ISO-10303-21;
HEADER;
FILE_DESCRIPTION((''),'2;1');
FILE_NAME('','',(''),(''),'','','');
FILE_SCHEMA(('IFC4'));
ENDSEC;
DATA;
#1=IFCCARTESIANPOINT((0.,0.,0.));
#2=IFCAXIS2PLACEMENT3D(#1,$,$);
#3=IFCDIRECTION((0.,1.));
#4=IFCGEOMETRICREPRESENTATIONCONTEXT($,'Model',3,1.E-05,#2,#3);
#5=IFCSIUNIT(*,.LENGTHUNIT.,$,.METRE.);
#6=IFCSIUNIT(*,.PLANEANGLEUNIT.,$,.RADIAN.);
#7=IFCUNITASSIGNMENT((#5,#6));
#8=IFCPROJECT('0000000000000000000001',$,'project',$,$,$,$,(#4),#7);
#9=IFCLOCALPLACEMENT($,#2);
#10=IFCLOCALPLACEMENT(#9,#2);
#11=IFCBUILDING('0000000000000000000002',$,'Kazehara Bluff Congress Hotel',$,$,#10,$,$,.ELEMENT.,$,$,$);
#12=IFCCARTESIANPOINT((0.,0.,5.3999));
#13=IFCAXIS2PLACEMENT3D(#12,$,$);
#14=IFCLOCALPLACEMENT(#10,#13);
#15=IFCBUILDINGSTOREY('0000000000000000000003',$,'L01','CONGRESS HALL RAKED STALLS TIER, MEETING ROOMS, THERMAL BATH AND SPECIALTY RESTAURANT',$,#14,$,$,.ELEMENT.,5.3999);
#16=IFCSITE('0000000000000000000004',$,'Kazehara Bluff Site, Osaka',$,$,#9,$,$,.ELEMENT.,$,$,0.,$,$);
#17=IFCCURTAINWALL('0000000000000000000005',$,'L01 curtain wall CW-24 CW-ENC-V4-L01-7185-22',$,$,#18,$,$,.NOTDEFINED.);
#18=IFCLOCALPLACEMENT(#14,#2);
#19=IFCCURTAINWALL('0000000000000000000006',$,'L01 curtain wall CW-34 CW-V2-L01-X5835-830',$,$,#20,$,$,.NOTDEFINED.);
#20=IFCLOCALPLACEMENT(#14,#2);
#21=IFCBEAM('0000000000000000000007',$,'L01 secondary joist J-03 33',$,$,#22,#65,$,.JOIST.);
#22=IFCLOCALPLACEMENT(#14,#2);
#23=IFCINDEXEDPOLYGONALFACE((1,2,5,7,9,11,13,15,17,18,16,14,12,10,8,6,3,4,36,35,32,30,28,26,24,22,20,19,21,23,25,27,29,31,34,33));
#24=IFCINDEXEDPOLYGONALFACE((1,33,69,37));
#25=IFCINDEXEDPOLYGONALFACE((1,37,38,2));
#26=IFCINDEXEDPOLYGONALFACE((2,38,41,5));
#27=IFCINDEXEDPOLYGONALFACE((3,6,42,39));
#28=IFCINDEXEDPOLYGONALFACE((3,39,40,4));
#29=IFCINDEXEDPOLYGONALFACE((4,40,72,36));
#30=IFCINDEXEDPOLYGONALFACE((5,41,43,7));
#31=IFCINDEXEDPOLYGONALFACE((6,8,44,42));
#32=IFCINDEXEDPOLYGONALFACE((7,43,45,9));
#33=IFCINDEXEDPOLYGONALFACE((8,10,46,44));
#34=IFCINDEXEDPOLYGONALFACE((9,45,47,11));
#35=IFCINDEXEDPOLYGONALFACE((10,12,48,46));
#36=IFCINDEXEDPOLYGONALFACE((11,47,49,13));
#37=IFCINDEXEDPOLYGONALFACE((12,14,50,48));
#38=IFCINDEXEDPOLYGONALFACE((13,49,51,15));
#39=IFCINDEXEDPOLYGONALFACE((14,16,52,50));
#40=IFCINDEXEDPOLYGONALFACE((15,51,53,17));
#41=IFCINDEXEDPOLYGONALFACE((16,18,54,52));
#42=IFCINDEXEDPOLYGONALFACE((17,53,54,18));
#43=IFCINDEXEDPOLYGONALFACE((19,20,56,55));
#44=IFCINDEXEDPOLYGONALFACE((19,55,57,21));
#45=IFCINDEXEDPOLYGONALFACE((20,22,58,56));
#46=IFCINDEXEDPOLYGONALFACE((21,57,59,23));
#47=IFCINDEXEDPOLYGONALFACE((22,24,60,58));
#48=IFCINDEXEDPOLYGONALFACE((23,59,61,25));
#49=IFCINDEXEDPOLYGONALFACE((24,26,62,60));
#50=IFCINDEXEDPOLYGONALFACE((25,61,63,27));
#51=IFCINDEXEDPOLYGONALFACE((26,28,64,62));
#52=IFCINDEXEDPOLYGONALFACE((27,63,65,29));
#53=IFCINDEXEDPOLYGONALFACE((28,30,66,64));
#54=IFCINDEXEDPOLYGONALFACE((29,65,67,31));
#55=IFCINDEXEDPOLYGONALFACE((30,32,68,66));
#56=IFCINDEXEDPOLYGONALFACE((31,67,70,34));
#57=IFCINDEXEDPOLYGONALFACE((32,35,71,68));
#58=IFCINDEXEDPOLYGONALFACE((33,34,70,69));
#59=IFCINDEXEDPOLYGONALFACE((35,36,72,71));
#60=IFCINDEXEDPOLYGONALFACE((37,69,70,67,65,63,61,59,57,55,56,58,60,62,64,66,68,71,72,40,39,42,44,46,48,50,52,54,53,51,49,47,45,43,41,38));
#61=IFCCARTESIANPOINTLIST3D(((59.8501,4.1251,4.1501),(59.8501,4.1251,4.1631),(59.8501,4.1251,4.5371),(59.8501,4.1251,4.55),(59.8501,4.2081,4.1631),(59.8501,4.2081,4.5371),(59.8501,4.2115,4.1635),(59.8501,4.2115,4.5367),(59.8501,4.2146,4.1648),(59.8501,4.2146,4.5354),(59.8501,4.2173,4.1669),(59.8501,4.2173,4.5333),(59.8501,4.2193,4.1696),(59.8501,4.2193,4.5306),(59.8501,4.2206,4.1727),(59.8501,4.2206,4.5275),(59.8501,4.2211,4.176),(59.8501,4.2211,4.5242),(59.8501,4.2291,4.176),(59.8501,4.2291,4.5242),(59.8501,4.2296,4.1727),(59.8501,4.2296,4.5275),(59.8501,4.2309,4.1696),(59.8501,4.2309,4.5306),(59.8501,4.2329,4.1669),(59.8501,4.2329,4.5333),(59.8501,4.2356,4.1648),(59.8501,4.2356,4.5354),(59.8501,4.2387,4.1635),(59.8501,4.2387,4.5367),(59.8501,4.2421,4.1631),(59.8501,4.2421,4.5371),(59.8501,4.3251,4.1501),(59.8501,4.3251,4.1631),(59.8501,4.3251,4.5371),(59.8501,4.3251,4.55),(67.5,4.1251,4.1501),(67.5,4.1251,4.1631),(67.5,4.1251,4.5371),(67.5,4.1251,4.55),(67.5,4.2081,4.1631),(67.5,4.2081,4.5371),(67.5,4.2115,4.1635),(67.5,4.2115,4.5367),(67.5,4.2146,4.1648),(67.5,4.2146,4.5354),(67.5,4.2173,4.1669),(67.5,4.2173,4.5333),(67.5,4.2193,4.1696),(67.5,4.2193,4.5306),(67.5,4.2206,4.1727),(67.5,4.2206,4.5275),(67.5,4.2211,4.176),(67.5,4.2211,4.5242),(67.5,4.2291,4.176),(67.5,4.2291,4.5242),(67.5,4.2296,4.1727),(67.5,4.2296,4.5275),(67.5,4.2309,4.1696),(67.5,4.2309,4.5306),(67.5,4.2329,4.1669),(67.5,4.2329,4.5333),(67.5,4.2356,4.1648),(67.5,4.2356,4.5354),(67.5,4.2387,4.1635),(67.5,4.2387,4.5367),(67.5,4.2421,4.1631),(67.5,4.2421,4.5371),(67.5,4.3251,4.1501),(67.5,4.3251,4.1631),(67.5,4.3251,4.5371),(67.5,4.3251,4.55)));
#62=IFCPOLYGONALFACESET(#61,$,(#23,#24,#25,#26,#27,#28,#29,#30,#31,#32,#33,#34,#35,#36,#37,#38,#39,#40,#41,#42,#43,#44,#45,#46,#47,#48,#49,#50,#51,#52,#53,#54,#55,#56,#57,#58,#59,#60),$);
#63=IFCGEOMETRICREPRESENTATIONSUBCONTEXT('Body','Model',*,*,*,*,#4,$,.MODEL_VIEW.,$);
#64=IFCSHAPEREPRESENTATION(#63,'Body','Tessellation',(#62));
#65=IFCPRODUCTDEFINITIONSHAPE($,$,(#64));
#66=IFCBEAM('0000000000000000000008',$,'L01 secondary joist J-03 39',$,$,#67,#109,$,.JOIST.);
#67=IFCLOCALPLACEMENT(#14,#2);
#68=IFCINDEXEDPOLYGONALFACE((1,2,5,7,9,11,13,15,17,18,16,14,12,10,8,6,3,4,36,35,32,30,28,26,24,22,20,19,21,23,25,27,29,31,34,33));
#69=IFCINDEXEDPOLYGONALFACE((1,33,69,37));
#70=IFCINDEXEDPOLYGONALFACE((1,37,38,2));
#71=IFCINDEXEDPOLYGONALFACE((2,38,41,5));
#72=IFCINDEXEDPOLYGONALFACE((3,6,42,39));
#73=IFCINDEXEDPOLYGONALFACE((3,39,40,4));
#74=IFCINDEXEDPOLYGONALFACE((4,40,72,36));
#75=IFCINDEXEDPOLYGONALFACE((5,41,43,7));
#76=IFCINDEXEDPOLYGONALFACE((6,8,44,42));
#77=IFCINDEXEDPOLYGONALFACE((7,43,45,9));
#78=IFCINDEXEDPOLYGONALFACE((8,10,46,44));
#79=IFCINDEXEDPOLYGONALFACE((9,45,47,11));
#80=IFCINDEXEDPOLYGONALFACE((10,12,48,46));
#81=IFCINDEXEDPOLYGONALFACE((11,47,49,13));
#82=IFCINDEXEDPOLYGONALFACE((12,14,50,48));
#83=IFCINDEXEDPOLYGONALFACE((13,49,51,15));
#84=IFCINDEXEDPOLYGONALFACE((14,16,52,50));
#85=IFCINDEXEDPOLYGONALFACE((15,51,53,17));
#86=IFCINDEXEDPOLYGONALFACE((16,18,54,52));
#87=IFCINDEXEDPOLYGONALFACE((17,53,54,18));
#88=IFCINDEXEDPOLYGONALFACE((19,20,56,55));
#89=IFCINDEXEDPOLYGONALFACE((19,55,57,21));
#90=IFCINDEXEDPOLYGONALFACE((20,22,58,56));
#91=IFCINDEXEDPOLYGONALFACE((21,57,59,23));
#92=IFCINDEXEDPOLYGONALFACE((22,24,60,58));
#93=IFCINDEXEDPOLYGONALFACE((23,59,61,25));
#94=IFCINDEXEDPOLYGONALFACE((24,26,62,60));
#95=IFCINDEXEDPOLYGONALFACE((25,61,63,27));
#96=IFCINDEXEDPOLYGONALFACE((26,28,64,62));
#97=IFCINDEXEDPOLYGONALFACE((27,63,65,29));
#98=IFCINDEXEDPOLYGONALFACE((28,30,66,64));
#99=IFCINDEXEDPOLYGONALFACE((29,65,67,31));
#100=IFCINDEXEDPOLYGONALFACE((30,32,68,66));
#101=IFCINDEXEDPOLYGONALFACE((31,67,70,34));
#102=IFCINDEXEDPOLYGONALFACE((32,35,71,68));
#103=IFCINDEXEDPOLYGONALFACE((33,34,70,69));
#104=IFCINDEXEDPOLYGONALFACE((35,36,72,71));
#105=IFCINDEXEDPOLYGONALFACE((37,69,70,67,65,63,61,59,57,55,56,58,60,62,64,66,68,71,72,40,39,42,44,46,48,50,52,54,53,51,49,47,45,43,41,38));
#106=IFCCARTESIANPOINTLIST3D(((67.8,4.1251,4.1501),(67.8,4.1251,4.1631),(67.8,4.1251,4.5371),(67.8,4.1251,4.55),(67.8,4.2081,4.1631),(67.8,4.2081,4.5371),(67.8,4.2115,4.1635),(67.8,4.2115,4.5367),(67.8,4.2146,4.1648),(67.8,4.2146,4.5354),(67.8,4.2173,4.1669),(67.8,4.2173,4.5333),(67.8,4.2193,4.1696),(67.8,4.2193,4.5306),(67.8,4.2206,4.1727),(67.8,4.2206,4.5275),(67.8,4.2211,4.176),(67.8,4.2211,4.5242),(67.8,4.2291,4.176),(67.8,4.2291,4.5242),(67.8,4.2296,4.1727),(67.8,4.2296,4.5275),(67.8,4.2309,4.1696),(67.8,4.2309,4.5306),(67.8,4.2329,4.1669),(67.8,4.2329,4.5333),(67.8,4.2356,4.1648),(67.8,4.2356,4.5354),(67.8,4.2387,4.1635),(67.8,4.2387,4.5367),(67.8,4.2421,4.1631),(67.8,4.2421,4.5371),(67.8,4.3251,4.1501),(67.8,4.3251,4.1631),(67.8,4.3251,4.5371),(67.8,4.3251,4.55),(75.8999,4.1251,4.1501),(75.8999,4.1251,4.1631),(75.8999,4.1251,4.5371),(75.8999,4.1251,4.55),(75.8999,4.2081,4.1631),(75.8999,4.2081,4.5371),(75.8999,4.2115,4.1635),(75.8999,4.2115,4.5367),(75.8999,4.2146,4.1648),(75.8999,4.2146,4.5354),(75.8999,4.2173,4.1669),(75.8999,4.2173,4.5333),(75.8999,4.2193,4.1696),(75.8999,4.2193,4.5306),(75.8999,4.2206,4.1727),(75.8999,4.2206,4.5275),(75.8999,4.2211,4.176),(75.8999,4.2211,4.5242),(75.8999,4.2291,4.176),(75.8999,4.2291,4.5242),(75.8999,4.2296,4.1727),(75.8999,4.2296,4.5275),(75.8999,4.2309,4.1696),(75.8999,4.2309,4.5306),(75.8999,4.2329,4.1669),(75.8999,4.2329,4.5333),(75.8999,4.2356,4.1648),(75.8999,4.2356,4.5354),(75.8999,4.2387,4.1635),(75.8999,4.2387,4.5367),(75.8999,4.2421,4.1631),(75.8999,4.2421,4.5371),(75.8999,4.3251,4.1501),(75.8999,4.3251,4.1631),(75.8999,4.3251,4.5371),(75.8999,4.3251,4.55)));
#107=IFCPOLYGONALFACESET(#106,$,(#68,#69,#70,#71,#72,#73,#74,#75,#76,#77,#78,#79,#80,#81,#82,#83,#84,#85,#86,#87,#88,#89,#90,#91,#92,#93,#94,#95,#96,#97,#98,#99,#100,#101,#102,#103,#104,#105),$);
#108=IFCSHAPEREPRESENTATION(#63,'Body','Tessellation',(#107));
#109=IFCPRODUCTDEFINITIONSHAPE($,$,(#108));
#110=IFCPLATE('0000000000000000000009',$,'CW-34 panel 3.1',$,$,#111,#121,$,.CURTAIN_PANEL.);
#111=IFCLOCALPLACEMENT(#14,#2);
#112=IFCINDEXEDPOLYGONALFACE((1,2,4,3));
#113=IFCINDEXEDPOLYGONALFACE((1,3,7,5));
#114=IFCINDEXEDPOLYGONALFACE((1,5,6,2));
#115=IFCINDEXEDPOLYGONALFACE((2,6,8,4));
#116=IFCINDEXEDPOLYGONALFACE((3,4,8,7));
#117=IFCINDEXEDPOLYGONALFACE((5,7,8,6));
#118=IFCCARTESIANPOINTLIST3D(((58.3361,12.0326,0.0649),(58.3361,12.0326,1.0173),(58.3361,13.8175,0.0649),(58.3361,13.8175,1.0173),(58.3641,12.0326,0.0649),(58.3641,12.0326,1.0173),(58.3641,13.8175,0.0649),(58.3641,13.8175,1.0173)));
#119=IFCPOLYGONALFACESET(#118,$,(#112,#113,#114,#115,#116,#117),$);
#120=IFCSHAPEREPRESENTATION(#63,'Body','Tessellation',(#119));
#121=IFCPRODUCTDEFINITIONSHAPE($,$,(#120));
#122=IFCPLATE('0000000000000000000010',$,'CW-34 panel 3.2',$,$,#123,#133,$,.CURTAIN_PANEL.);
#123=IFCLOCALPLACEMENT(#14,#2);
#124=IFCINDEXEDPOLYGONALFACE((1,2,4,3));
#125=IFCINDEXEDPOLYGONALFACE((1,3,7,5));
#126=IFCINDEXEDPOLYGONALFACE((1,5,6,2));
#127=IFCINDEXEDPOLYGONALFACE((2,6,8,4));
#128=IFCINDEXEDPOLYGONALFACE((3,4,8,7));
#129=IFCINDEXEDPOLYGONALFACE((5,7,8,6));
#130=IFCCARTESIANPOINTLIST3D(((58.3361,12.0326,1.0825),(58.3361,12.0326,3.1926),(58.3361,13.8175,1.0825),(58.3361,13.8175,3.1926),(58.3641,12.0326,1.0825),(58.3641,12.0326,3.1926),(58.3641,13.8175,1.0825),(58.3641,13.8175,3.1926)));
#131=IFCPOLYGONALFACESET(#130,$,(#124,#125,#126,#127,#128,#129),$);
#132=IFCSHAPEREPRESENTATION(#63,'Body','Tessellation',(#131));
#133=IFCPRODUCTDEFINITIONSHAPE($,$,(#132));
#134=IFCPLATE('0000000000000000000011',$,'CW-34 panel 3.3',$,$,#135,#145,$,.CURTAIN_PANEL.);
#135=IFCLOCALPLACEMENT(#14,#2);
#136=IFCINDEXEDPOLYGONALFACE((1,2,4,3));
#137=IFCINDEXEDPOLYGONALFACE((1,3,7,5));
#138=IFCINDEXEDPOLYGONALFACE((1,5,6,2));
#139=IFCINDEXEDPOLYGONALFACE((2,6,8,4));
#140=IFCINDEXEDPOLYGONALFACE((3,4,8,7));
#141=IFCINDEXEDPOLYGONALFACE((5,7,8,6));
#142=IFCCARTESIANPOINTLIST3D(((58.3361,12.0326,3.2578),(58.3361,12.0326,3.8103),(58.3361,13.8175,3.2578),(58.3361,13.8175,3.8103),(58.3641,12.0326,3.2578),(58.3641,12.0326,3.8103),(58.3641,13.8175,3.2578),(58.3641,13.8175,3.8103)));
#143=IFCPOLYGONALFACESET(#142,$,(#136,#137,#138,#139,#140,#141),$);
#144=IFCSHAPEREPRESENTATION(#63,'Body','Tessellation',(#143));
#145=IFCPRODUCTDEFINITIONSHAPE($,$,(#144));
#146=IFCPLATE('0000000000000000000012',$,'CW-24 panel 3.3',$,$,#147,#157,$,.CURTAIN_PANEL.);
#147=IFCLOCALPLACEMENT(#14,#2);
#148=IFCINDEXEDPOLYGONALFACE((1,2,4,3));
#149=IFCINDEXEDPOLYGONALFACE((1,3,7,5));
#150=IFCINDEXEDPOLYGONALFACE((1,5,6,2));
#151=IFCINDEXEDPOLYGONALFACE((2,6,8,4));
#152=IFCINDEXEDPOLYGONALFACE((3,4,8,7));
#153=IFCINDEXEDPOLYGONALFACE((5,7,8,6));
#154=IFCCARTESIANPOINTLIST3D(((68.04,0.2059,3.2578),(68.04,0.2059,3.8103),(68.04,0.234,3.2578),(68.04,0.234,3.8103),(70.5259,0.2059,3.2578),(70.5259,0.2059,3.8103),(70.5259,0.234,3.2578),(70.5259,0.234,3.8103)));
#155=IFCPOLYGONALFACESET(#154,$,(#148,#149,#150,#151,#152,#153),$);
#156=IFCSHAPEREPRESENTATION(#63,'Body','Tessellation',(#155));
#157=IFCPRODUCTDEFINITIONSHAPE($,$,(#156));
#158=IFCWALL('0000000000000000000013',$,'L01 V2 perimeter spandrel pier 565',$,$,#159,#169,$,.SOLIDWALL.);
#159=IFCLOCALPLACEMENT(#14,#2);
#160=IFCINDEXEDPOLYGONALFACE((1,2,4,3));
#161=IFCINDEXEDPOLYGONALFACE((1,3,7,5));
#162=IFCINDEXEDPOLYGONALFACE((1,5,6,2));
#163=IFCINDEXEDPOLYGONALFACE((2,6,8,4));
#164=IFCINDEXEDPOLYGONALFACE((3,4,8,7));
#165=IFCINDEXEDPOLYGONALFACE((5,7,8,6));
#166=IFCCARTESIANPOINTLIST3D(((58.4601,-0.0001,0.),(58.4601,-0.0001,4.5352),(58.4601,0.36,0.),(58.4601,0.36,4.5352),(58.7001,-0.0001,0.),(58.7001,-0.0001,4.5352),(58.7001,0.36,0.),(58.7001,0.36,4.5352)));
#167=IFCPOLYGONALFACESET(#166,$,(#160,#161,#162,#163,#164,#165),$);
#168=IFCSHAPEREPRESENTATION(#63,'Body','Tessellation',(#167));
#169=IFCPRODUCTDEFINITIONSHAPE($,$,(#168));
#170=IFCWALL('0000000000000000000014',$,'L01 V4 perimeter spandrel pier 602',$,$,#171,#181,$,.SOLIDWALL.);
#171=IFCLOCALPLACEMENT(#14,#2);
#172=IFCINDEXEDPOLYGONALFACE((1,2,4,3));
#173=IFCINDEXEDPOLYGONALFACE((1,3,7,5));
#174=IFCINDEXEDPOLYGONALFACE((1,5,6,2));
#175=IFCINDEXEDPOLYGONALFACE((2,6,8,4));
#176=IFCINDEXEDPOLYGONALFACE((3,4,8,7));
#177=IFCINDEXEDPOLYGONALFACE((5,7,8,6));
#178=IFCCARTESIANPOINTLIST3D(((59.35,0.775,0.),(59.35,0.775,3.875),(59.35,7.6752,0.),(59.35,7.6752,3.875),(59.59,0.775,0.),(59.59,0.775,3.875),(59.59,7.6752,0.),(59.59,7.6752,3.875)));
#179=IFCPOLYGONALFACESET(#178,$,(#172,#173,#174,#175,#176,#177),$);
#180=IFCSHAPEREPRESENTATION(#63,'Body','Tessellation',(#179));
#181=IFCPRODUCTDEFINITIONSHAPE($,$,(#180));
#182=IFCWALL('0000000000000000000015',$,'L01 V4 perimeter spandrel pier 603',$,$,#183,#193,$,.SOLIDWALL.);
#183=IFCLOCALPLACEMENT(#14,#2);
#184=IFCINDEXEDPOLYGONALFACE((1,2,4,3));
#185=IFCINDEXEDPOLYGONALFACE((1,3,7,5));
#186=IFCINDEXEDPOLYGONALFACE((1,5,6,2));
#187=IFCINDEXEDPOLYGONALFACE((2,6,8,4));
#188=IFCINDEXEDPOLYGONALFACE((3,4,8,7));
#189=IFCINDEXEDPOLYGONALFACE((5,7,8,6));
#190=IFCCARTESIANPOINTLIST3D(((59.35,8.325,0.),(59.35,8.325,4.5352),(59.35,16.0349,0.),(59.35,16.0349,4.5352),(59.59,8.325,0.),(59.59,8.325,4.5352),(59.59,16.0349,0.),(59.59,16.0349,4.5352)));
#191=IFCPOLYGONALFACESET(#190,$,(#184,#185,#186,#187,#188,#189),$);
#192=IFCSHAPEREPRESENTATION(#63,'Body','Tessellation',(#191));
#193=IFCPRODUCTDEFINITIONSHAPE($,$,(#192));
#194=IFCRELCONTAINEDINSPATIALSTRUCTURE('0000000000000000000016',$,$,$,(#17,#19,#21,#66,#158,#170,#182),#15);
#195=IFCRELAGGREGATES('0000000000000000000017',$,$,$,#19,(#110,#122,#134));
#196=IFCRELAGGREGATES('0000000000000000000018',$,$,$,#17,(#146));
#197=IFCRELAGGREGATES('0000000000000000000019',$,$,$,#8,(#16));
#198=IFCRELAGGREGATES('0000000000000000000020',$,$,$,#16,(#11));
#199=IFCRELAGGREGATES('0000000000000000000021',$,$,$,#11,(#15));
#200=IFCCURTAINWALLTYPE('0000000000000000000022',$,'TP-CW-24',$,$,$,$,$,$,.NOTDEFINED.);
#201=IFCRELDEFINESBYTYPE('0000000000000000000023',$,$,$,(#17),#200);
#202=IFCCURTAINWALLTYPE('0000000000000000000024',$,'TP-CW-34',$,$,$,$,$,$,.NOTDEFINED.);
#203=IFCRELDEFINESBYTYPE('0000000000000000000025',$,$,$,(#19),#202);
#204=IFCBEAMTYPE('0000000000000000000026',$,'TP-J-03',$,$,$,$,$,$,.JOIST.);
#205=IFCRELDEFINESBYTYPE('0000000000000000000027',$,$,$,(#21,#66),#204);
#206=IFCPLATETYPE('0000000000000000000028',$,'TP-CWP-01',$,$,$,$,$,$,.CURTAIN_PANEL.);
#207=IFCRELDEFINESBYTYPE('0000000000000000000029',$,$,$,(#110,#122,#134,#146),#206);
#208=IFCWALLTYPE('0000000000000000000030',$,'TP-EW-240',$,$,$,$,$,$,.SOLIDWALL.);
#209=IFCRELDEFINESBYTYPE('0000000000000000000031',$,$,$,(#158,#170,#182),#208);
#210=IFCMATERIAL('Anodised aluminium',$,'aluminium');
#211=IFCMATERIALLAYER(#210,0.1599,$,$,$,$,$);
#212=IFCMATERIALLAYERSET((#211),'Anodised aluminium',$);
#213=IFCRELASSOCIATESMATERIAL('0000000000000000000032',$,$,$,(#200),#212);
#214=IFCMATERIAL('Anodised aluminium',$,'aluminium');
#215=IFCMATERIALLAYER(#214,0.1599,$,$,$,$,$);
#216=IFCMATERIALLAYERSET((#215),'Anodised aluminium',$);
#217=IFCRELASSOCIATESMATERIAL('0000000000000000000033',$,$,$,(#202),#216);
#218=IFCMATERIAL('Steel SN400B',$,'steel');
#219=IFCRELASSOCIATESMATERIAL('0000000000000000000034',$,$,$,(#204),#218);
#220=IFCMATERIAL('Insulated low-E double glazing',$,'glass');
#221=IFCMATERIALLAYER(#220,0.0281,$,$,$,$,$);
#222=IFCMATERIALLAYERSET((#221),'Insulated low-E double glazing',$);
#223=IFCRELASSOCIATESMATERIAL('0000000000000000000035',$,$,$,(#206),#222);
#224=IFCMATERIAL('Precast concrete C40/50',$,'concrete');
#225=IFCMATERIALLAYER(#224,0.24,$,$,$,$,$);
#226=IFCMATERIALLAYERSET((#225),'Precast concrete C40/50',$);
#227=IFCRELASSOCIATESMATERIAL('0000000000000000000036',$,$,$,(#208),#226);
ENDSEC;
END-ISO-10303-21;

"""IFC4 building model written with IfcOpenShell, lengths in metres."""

from ifc_helpers import new_model, si_unit, direction, frame, frame_2d, origin, origin_2d, place, context, subcontext, project, spatial, rectangle, i_section, extrude, material, layer, layer_set, material_profile, profile_set, type_object, element, aggregate, save


model = new_model("IFC4")

# Units and contexts
model_context = context("Model", 3, precision=1e-05, world=origin(), true_north=direction((0.0, 1.0)))
body_context = subcontext(model_context, "Body", "Model", "MODEL_VIEW")
ifc_project = project(units=[si_unit("LENGTHUNIT", "METRE"), si_unit("PLANEANGLEUNIT", "RADIAN")], contexts=[model_context])

# Site, building, storey
site_placement = place(None, origin())
site = spatial("IfcSite", under=ifc_project, at=site_placement, Name="Kazehara Bluff Site, Osaka", CompositionType="ELEMENT", RefElevation=0.0)
building_placement = place(site_placement, origin())
building = spatial("IfcBuilding", under=site, at=building_placement, Name="Kazehara Bluff Congress Hotel", CompositionType="ELEMENT")
storey_placement = place(building_placement, frame((0.0, 0.0, 5.3999)))
storey = spatial("IfcBuildingStorey", under=building, at=storey_placement, Name="L01", Description="CONGRESS HALL RAKED STALLS TIER, MEETING ROOMS, THERMAL BATH AND SPECIALTY RESTAURANT", CompositionType="ELEMENT", Elevation=5.3999)

# Curtain wall
ifc_material_1 = material(Name="Anodised aluminium", Category="aluminium")
ifc_layer_1 = layer(ifc_material_1, 0.1599)
ifc_layer_set_1 = layer_set([ifc_layer_1], Name="Anodised aluminium")
curtain_wall_type_1 = type_object("IfcCurtainWallType", Name="TP-CW-24", PredefinedType="NOTDEFINED", material=ifc_layer_set_1)
curtain_wall_1_placement = place(storey_placement, origin())
curtain_wall_1 = element("IfcCurtainWall", 1, at=curtain_wall_1_placement, inside=storey, type_object=curtain_wall_type_1, Name="L01 curtain wall CW-24 CW-ENC-V4-L01-7185-22", PredefinedType="NOTDEFINED")

# Curtain wall
ifc_material_2 = material(Name="Anodised aluminium", Category="aluminium")
ifc_layer_2 = layer(ifc_material_2, 0.1599)
ifc_layer_set_2 = layer_set([ifc_layer_2], Name="Anodised aluminium")
curtain_wall_type_2 = type_object("IfcCurtainWallType", Name="TP-CW-34", PredefinedType="NOTDEFINED", material=ifc_layer_set_2)
curtain_wall_2_placement = place(storey_placement, origin())
curtain_wall_2 = element("IfcCurtainWall", 2, at=curtain_wall_2_placement, inside=storey, type_object=curtain_wall_type_2, Name="L01 curtain wall CW-34 CW-V2-L01-X5835-830", PredefinedType="NOTDEFINED")

# Beams
ifc_material_3 = material(Name="Steel SN400B", Category="steel")
ifc_material_profile_1 = material_profile(ifc_material_3, i_section(OverallWidth=0.2, OverallDepth=0.3999, WebThickness=0.0081, FlangeThickness=0.0129, FilletRadius=0.0129, at=origin_2d()))
ifc_profile_set_1 = profile_set([ifc_material_profile_1], Name="Steel SN400B")
beam_type_1 = type_object("IfcBeamType", Name="TP-J-03", PredefinedType="JOIST", material=ifc_profile_set_1)
beam_1_placement = place(storey_placement, frame((59.8501, 4.2251, 4.3501), z_axis=(1.0, 0.0, 0.0), x_axis=(0.0, 1.0, 0.0)))
element("IfcBeam", 3, at=beam_1_placement, inside=storey, type_object=beam_type_1, Name="L01 secondary joist J-03 33", PredefinedType="JOIST", context=body_context, shape_type="SweptSolid", body=[
    extrude(i_section(OverallWidth=0.2, OverallDepth=0.3999, WebThickness=0.0081, FlangeThickness=0.0129, FilletRadius=0.0129, at=origin_2d()), origin(), (0.0, 0.0, 1.0), 7.6499),
])
beam_2_placement = place(storey_placement, frame((67.8, 4.2251, 4.3501), z_axis=(1.0, 0.0, 0.0), x_axis=(0.0, 1.0, 0.0)))
element("IfcBeam", 4, at=beam_2_placement, inside=storey, type_object=beam_type_1, Name="L01 secondary joist J-03 39", PredefinedType="JOIST", context=body_context, shape_type="SweptSolid", body=[
    extrude(i_section(OverallWidth=0.2, OverallDepth=0.3999, WebThickness=0.0081, FlangeThickness=0.0129, FilletRadius=0.0129, at=origin_2d()), origin(), (0.0, 0.0, 1.0), 8.0999),
])

# Plates
ifc_material_4 = material(Name="Insulated low-E double glazing", Category="glass")
ifc_layer_3 = layer(ifc_material_4, 0.0281)
ifc_layer_set_3 = layer_set([ifc_layer_3], Name="Insulated low-E double glazing")
plate_type = type_object("IfcPlateType", Name="TP-CWP-01", PredefinedType="CURTAIN_PANEL", material=ifc_layer_set_3)
plate_1_placement = place(storey_placement, frame((58.3501, 12.925, 0.0649), z_axis=(0.0, 0.0, 1.0), x_axis=(0.0, 1.0, 0.0)))
plate_1 = element("IfcPlate", 5, at=plate_1_placement, type_object=plate_type, Name="CW-34 panel 3.1", PredefinedType="CURTAIN_PANEL", context=body_context, shape_type="SweptSolid", body=[
    extrude(rectangle(XDim=1.7849, YDim=0.0281, at=origin_2d()), origin(), (0.0, 0.0, 1.0), 0.9524),
])
plate_2_placement = place(storey_placement, frame((58.3501, 12.925, 1.0825), z_axis=(0.0, 0.0, 1.0), x_axis=(0.0, 1.0, 0.0)))
plate_2 = element("IfcPlate", 6, at=plate_2_placement, type_object=plate_type, Name="CW-34 panel 3.2", PredefinedType="CURTAIN_PANEL", context=body_context, shape_type="SweptSolid", body=[
    extrude(rectangle(XDim=1.7849, YDim=0.0281, at=origin_2d()), origin(), (0.0, 0.0, 1.0), 2.1101),
])
plate_3_placement = place(storey_placement, frame((58.3501, 12.925, 3.2578), z_axis=(0.0, 0.0, 1.0), x_axis=(0.0, 1.0, 0.0)))
plate_3 = element("IfcPlate", 7, at=plate_3_placement, type_object=plate_type, Name="CW-34 panel 3.3", PredefinedType="CURTAIN_PANEL", context=body_context, shape_type="SweptSolid", body=[
    extrude(rectangle(XDim=1.7849, YDim=0.0281, at=origin_2d()), origin(), (0.0, 0.0, 1.0), 0.5525),
])
aggregate(curtain_wall_2, [plate_1, plate_2, plate_3])
plate_4_placement = place(storey_placement, frame((69.283, 0.22, 3.2578), z_axis=(0.0, 0.0, 1.0), x_axis=(-1.0, 0.0, 0.0)))
plate_4 = element("IfcPlate", 8, at=plate_4_placement, type_object=plate_type, Name="CW-24 panel 3.3", PredefinedType="CURTAIN_PANEL", context=body_context, shape_type="SweptSolid", body=[
    extrude(rectangle(XDim=2.4858, YDim=0.0281, at=origin_2d()), origin(), (0.0, 0.0, 1.0), 0.5525),
])
aggregate(curtain_wall_1, [plate_4])

# Walls
ifc_material_5 = material(Name="Precast concrete C40/50", Category="concrete")
ifc_layer_4 = layer(ifc_material_5, 0.24)
ifc_layer_set_4 = layer_set([ifc_layer_4], Name="Precast concrete C40/50")
wall_type_1 = type_object("IfcWallType", Name="TP-EW-240", PredefinedType="SOLIDWALL", material=ifc_layer_set_4)
wall_1_placement = place(storey_placement, frame((58.5801, 0.3601, 0.0), z_axis=(0.0, 0.0, 1.0), x_axis=(0.0, -1.0, 0.0)))
element("IfcWall", 9, at=wall_1_placement, inside=storey, type_object=wall_type_1, Name="L01 V2 perimeter spandrel pier 565", PredefinedType="SOLIDWALL", context=body_context, shape_type="SweptSolid", body=[
    extrude(rectangle(XDim=0.3601, YDim=0.24, at=frame_2d((0.1802, 0.0))), origin(), (0.0, 0.0, 1.0), 4.5352),
])
wall_2_placement = place(storey_placement, frame((59.47, 0.7749, 0.0), z_axis=(0.0, 0.0, 1.0), x_axis=(0.0, 1.0, 0.0)))
element("IfcWall", 10, at=wall_2_placement, inside=storey, type_object=wall_type_1, Name="L01 V4 perimeter spandrel pier 602", PredefinedType="SOLIDWALL", context=body_context, shape_type="SweptSolid", body=[
    extrude(rectangle(XDim=6.9001, YDim=0.24, at=frame_2d((3.4502, 0.0))), origin(), (0.0, 0.0, 1.0), 3.875),
])
wall_3_placement = place(storey_placement, frame((59.47, 8.325, 0.0), z_axis=(0.0, 0.0, 1.0), x_axis=(0.0, 1.0, 0.0)))
element("IfcWall", 11, at=wall_3_placement, inside=storey, type_object=wall_type_1, Name="L01 V4 perimeter spandrel pier 603", PredefinedType="SOLIDWALL", context=body_context, shape_type="SweptSolid", body=[
    extrude(rectangle(XDim=7.71, YDim=0.24, at=frame_2d((3.855, 0.0))), origin(), (0.0, 0.0, 1.0), 4.5352),
])

save(model, "model.ifc")
